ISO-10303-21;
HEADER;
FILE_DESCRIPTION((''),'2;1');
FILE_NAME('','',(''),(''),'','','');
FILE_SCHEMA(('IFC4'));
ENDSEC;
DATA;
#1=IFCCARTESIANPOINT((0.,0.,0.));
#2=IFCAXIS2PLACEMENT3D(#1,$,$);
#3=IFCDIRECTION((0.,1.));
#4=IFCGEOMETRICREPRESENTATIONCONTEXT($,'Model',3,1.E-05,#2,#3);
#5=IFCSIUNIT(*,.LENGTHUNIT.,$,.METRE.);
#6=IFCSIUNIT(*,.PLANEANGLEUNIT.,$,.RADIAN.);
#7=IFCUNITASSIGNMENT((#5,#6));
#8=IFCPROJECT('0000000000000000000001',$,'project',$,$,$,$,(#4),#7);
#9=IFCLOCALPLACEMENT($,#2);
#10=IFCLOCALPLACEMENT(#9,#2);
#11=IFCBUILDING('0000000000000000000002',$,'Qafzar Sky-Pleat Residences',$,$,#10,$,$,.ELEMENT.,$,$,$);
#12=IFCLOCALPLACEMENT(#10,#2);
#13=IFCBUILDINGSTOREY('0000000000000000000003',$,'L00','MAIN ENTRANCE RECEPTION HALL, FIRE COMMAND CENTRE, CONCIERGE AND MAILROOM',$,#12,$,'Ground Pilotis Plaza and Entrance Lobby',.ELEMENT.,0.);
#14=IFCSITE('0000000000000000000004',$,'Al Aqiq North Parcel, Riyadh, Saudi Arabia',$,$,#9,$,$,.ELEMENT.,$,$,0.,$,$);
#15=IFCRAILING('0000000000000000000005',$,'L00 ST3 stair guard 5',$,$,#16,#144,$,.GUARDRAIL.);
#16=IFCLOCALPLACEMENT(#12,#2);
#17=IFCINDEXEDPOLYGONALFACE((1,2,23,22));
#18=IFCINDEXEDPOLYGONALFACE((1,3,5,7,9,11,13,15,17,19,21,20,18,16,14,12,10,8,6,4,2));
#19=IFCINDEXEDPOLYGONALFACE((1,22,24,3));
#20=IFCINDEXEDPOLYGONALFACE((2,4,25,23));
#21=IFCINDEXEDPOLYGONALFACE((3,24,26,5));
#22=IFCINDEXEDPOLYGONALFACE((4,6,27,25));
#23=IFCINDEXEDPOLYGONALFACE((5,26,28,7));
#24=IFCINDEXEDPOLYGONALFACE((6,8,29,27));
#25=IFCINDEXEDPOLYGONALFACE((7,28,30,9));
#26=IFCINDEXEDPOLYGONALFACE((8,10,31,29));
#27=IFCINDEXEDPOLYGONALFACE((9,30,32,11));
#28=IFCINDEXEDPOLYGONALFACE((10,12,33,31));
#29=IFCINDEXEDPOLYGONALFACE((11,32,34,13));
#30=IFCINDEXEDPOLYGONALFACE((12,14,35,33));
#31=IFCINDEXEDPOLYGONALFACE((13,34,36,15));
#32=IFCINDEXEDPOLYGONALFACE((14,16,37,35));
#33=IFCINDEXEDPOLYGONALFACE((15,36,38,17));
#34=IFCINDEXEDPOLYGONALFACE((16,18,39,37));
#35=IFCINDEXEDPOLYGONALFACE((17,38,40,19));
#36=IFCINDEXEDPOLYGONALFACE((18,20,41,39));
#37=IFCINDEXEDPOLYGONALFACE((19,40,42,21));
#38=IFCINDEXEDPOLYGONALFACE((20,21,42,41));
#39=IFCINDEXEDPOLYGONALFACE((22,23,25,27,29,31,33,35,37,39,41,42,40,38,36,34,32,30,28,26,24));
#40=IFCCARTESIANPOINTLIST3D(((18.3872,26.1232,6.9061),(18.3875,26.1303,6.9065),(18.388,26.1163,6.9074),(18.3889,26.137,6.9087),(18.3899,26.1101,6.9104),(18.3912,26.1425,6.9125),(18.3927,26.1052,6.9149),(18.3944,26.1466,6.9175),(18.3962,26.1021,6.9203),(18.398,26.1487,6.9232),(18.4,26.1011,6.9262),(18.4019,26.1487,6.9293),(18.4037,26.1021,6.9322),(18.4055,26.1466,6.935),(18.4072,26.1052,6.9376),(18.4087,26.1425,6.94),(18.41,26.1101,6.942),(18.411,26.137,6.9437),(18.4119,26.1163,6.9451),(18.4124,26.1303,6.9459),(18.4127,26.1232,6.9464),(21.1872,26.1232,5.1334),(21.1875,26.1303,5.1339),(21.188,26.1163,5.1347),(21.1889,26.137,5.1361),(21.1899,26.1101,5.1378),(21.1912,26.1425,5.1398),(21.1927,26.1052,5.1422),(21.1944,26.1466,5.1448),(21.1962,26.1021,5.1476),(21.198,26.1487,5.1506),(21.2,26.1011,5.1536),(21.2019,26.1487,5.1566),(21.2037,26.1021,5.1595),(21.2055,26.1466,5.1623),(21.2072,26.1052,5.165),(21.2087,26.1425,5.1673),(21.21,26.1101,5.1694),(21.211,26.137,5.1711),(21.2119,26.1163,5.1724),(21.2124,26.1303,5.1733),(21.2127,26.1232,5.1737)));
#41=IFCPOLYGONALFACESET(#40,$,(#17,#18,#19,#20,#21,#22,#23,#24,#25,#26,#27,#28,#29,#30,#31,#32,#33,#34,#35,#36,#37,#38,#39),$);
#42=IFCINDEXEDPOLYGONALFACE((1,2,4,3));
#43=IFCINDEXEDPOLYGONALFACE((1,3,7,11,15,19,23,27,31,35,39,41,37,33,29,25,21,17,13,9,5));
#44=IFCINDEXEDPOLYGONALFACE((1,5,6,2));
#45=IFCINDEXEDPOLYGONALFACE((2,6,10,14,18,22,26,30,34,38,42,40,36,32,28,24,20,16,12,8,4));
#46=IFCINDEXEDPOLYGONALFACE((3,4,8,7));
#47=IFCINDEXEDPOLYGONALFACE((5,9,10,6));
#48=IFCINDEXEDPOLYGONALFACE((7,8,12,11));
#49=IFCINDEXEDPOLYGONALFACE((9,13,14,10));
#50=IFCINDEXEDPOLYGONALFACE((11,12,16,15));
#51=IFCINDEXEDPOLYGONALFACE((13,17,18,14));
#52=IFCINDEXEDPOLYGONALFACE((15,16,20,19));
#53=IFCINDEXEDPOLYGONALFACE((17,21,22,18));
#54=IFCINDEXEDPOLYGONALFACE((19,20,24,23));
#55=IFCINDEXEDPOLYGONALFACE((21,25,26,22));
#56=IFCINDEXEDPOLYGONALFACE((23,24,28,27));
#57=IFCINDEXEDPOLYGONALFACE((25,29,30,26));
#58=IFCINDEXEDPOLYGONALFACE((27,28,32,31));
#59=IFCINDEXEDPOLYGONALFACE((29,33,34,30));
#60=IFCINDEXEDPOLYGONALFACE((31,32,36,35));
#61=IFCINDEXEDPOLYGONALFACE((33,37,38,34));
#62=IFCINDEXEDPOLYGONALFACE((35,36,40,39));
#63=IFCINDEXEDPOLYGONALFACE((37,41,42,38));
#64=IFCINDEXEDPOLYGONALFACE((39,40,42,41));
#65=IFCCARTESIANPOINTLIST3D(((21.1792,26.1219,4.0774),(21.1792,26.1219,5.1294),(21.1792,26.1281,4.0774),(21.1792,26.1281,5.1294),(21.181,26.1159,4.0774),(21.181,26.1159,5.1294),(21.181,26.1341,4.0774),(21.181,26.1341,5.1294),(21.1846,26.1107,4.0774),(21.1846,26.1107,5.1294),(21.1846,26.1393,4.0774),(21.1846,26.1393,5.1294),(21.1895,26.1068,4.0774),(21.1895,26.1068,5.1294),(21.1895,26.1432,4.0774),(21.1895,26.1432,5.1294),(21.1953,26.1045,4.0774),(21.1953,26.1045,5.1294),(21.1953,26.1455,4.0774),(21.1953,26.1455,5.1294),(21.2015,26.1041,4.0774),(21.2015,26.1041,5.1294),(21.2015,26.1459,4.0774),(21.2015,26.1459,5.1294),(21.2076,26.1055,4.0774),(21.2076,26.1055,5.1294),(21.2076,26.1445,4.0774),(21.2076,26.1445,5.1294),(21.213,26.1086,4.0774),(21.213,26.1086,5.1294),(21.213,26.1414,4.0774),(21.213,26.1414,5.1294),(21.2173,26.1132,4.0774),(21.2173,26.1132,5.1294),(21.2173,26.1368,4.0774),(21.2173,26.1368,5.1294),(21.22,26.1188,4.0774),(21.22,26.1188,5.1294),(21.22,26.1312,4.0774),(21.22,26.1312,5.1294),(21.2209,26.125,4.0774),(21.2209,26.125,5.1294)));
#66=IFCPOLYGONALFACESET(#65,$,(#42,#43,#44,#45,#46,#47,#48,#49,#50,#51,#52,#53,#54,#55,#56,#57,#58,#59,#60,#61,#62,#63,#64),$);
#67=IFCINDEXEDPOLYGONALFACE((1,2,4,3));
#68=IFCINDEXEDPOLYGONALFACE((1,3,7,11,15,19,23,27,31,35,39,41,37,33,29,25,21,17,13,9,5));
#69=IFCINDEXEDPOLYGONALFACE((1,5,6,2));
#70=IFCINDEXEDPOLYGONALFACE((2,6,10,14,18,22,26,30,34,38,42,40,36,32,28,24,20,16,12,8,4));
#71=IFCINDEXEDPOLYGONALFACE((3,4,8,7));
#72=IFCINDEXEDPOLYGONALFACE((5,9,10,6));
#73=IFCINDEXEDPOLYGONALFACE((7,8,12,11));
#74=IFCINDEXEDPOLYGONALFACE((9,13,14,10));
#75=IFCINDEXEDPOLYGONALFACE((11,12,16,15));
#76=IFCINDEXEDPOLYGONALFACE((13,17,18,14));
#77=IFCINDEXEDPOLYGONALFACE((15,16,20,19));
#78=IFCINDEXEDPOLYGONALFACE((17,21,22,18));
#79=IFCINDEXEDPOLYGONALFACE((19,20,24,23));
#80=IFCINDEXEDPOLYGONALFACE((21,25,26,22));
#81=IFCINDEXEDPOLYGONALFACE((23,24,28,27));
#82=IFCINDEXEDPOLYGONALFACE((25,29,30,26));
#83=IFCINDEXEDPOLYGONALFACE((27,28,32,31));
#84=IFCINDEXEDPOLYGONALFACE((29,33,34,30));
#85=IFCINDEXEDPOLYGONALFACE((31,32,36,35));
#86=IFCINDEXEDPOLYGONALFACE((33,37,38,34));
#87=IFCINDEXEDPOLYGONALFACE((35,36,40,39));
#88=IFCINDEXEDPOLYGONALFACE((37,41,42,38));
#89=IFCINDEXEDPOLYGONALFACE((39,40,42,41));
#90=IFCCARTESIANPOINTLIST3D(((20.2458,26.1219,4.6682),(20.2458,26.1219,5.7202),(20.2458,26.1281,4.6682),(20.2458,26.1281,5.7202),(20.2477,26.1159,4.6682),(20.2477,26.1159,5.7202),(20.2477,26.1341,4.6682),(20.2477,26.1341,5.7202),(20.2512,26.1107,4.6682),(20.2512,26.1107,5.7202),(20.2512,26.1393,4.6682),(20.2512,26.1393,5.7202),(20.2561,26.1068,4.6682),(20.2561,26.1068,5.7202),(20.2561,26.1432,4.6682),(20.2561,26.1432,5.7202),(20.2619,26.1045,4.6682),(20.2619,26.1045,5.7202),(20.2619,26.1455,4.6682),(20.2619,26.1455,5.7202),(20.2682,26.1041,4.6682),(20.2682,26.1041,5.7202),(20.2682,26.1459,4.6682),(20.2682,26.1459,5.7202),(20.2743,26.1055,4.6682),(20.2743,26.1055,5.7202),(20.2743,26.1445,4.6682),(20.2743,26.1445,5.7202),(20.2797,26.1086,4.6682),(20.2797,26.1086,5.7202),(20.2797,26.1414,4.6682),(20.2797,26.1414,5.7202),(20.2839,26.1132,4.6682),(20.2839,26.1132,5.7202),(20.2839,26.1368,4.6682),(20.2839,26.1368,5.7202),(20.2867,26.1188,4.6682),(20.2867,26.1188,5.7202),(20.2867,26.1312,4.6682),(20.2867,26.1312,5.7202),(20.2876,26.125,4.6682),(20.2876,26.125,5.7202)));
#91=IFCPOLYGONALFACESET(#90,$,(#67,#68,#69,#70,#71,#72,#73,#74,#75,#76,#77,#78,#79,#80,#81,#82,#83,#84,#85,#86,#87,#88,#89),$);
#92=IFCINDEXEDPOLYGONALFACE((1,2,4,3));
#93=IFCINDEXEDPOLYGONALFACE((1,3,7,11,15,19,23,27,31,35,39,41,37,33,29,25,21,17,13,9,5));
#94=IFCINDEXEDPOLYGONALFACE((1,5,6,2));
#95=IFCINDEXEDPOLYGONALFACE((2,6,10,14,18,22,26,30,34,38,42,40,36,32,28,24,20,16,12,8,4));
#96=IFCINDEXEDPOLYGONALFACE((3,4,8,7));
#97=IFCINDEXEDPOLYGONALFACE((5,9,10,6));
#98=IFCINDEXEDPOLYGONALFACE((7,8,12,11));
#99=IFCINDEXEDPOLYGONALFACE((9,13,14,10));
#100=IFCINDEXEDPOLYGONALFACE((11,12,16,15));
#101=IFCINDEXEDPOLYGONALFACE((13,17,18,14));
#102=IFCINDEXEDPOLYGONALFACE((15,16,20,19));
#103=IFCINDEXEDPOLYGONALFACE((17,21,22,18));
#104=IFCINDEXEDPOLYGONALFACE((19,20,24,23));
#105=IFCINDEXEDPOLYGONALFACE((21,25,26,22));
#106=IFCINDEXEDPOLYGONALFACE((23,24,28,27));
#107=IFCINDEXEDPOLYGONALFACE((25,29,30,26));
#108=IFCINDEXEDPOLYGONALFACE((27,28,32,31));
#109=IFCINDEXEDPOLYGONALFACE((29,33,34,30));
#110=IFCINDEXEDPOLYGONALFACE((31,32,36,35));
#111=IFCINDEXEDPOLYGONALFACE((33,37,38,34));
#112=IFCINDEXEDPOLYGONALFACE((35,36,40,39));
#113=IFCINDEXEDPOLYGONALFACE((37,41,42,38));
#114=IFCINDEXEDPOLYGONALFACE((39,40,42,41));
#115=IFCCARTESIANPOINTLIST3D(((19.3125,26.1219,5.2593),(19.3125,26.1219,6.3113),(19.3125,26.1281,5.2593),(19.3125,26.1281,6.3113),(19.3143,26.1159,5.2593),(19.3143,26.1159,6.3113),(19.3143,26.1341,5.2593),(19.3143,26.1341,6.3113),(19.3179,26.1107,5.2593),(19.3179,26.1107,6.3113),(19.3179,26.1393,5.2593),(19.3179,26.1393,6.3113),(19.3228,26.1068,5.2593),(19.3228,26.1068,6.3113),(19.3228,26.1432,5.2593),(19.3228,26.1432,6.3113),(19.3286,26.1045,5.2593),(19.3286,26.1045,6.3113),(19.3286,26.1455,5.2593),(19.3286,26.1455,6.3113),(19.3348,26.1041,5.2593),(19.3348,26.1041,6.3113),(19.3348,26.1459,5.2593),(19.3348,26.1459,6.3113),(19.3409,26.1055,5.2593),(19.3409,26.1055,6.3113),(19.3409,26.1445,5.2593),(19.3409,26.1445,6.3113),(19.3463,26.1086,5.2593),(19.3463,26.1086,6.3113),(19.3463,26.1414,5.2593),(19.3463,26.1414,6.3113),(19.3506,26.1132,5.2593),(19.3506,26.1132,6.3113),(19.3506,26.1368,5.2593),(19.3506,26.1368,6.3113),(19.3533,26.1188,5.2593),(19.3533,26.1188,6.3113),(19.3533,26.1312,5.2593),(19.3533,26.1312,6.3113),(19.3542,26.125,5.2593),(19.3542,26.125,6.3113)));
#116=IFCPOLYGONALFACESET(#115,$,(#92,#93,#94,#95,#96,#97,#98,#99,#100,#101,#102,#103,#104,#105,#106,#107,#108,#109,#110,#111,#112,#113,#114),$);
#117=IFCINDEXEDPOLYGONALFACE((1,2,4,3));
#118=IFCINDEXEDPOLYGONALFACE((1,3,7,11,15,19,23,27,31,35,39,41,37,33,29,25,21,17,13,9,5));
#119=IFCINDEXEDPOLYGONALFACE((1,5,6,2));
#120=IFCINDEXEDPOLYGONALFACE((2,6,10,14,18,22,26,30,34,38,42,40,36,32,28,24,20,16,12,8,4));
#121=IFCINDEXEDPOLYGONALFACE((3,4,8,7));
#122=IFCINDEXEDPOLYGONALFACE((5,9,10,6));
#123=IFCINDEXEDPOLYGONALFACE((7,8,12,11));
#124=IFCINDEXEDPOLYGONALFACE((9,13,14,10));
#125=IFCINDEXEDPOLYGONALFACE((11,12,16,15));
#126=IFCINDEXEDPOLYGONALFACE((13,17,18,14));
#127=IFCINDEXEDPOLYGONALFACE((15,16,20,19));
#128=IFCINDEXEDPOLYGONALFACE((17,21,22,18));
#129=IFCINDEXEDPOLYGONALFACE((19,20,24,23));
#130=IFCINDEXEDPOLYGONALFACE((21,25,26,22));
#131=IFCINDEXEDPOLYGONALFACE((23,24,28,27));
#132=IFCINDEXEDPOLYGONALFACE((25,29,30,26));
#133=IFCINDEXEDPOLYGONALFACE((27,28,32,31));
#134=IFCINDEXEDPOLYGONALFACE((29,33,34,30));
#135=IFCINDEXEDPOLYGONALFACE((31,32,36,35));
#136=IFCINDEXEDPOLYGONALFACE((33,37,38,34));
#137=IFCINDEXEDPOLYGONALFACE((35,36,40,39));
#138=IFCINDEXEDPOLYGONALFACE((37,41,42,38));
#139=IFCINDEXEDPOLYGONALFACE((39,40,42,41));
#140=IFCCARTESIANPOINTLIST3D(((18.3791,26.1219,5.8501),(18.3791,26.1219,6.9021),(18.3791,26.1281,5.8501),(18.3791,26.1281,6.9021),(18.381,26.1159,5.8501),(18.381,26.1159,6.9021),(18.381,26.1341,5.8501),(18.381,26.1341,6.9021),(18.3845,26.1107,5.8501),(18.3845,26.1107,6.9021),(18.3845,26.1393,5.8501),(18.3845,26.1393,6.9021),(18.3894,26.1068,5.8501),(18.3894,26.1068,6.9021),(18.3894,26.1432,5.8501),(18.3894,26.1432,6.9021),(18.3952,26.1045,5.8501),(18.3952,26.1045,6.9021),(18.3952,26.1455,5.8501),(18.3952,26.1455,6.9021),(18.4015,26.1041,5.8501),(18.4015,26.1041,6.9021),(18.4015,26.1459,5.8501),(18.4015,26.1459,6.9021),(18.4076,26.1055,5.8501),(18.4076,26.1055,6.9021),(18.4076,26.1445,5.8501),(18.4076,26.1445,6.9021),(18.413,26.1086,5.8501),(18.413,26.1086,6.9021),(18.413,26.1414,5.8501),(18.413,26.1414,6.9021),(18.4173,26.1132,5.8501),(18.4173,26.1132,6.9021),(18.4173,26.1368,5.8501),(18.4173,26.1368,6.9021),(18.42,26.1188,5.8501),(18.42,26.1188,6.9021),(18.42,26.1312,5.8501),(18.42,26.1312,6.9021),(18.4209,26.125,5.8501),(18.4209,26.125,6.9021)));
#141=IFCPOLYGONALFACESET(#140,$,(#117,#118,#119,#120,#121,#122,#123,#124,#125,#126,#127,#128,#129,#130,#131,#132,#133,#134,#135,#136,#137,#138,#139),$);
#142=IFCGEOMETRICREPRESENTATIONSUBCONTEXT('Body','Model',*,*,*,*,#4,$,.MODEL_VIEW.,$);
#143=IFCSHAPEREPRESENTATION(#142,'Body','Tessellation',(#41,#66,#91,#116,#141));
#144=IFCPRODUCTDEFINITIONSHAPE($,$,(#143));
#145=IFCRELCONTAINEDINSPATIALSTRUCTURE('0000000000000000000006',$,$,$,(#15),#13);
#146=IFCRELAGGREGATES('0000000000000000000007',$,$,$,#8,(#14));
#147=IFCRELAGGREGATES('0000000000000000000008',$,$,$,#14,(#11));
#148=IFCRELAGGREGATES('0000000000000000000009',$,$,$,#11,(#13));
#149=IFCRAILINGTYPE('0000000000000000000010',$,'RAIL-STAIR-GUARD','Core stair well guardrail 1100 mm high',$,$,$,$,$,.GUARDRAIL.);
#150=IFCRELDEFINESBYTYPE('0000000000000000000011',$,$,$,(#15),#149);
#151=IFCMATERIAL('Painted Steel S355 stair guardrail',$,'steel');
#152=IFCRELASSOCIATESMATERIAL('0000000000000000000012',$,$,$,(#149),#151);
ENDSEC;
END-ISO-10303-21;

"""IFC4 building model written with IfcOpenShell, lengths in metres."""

from ifc_helpers import new_model, si_unit, direction, frame, origin, origin_2d, place, context, subcontext, project, spatial, circle, extrude, source, transform, mapped, material, type_object, element, save


model = new_model("IFC4")

# Units and contexts
model_context = context("Model", 3, precision=1e-05, world=origin(), true_north=direction((0.0, 1.0)))
body_context = subcontext(model_context, "Body", "Model", "MODEL_VIEW")
ifc_project = project(units=[si_unit("LENGTHUNIT", "METRE"), si_unit("PLANEANGLEUNIT", "RADIAN")], contexts=[model_context])

# Site, building, storey
site_placement = place(None, origin())
site = spatial("IfcSite", under=ifc_project, at=site_placement, Name="Al Aqiq North Parcel, Riyadh, Saudi Arabia", CompositionType="ELEMENT", RefElevation=0.0)
building_placement = place(site_placement, origin())
building = spatial("IfcBuilding", under=site, at=building_placement, Name="Qafzar Sky-Pleat Residences", CompositionType="ELEMENT")
storey_placement = place(building_placement, origin())
storey = spatial("IfcBuildingStorey", under=building, at=storey_placement, Name="L00", Description="MAIN ENTRANCE RECEPTION HALL, FIRE COMMAND CENTRE, CONCIERGE AND MAILROOM", LongName="Ground Pilotis Plaza and Entrance Lobby", CompositionType="ELEMENT", Elevation=0.0)

# Railing
ifc_material_1 = material(Name="Painted Steel S355 stair guardrail", Category="steel")
railing_type_1 = type_object("IfcRailingType", Name="RAIL-STAIR-GUARD", Description="Core stair well guardrail 1100 mm high", PredefinedType="GUARDRAIL", material=ifc_material_1)
shared_shape_1 = source(origin(), body_context, "Body", "SweptSolid", [
    extrude(circle(Radius=0.0239, at=origin_2d()), frame((0.0, 0.0, 1.0762), z_axis=(-0.844909, 0.0, 0.53491), x_axis=(0.0, -1.0, 0.0)), (0.0, 0.0, 1.0), 3.314),
    extrude(circle(Radius=0.021, at=origin_2d()), origin(), (0.0, 0.0, 1.0), 1.052),
    extrude(circle(Radius=0.021, at=origin_2d()), frame((-0.9333, 0.0, 0.5908)), (0.0, 0.0, 1.0), 1.052),
    extrude(circle(Radius=0.021, at=origin_2d()), frame((-1.8667, 0.0, 1.1819)), (0.0, 0.0, 1.0), 1.052),
    extrude(circle(Radius=0.021, at=origin_2d()), frame((-2.8, 0.0, 1.7727)), (0.0, 0.0, 1.0), 1.052),
])
for number, where, name in (
    (1, (21.2, 26.125, 4.0774), "L00 ST3 stair guard 5"),
):
    element("IfcRailing", number, at=place(storey_placement, frame(where)), inside=storey, type_object=railing_type_1, Name=name, PredefinedType="GUARDRAIL", context=body_context, shape_type="MappedRepresentation", body=[
        mapped(shared_shape_1, transform((0.0, 0.0, 0.0), x_axis=(1.0, 0.0, 0.0), y_axis=(0.0, 1.0, 0.0), z_axis=(0.0, 0.0, 1.0), scale=1.0)),
    ])

save(model, "model.ifc")
